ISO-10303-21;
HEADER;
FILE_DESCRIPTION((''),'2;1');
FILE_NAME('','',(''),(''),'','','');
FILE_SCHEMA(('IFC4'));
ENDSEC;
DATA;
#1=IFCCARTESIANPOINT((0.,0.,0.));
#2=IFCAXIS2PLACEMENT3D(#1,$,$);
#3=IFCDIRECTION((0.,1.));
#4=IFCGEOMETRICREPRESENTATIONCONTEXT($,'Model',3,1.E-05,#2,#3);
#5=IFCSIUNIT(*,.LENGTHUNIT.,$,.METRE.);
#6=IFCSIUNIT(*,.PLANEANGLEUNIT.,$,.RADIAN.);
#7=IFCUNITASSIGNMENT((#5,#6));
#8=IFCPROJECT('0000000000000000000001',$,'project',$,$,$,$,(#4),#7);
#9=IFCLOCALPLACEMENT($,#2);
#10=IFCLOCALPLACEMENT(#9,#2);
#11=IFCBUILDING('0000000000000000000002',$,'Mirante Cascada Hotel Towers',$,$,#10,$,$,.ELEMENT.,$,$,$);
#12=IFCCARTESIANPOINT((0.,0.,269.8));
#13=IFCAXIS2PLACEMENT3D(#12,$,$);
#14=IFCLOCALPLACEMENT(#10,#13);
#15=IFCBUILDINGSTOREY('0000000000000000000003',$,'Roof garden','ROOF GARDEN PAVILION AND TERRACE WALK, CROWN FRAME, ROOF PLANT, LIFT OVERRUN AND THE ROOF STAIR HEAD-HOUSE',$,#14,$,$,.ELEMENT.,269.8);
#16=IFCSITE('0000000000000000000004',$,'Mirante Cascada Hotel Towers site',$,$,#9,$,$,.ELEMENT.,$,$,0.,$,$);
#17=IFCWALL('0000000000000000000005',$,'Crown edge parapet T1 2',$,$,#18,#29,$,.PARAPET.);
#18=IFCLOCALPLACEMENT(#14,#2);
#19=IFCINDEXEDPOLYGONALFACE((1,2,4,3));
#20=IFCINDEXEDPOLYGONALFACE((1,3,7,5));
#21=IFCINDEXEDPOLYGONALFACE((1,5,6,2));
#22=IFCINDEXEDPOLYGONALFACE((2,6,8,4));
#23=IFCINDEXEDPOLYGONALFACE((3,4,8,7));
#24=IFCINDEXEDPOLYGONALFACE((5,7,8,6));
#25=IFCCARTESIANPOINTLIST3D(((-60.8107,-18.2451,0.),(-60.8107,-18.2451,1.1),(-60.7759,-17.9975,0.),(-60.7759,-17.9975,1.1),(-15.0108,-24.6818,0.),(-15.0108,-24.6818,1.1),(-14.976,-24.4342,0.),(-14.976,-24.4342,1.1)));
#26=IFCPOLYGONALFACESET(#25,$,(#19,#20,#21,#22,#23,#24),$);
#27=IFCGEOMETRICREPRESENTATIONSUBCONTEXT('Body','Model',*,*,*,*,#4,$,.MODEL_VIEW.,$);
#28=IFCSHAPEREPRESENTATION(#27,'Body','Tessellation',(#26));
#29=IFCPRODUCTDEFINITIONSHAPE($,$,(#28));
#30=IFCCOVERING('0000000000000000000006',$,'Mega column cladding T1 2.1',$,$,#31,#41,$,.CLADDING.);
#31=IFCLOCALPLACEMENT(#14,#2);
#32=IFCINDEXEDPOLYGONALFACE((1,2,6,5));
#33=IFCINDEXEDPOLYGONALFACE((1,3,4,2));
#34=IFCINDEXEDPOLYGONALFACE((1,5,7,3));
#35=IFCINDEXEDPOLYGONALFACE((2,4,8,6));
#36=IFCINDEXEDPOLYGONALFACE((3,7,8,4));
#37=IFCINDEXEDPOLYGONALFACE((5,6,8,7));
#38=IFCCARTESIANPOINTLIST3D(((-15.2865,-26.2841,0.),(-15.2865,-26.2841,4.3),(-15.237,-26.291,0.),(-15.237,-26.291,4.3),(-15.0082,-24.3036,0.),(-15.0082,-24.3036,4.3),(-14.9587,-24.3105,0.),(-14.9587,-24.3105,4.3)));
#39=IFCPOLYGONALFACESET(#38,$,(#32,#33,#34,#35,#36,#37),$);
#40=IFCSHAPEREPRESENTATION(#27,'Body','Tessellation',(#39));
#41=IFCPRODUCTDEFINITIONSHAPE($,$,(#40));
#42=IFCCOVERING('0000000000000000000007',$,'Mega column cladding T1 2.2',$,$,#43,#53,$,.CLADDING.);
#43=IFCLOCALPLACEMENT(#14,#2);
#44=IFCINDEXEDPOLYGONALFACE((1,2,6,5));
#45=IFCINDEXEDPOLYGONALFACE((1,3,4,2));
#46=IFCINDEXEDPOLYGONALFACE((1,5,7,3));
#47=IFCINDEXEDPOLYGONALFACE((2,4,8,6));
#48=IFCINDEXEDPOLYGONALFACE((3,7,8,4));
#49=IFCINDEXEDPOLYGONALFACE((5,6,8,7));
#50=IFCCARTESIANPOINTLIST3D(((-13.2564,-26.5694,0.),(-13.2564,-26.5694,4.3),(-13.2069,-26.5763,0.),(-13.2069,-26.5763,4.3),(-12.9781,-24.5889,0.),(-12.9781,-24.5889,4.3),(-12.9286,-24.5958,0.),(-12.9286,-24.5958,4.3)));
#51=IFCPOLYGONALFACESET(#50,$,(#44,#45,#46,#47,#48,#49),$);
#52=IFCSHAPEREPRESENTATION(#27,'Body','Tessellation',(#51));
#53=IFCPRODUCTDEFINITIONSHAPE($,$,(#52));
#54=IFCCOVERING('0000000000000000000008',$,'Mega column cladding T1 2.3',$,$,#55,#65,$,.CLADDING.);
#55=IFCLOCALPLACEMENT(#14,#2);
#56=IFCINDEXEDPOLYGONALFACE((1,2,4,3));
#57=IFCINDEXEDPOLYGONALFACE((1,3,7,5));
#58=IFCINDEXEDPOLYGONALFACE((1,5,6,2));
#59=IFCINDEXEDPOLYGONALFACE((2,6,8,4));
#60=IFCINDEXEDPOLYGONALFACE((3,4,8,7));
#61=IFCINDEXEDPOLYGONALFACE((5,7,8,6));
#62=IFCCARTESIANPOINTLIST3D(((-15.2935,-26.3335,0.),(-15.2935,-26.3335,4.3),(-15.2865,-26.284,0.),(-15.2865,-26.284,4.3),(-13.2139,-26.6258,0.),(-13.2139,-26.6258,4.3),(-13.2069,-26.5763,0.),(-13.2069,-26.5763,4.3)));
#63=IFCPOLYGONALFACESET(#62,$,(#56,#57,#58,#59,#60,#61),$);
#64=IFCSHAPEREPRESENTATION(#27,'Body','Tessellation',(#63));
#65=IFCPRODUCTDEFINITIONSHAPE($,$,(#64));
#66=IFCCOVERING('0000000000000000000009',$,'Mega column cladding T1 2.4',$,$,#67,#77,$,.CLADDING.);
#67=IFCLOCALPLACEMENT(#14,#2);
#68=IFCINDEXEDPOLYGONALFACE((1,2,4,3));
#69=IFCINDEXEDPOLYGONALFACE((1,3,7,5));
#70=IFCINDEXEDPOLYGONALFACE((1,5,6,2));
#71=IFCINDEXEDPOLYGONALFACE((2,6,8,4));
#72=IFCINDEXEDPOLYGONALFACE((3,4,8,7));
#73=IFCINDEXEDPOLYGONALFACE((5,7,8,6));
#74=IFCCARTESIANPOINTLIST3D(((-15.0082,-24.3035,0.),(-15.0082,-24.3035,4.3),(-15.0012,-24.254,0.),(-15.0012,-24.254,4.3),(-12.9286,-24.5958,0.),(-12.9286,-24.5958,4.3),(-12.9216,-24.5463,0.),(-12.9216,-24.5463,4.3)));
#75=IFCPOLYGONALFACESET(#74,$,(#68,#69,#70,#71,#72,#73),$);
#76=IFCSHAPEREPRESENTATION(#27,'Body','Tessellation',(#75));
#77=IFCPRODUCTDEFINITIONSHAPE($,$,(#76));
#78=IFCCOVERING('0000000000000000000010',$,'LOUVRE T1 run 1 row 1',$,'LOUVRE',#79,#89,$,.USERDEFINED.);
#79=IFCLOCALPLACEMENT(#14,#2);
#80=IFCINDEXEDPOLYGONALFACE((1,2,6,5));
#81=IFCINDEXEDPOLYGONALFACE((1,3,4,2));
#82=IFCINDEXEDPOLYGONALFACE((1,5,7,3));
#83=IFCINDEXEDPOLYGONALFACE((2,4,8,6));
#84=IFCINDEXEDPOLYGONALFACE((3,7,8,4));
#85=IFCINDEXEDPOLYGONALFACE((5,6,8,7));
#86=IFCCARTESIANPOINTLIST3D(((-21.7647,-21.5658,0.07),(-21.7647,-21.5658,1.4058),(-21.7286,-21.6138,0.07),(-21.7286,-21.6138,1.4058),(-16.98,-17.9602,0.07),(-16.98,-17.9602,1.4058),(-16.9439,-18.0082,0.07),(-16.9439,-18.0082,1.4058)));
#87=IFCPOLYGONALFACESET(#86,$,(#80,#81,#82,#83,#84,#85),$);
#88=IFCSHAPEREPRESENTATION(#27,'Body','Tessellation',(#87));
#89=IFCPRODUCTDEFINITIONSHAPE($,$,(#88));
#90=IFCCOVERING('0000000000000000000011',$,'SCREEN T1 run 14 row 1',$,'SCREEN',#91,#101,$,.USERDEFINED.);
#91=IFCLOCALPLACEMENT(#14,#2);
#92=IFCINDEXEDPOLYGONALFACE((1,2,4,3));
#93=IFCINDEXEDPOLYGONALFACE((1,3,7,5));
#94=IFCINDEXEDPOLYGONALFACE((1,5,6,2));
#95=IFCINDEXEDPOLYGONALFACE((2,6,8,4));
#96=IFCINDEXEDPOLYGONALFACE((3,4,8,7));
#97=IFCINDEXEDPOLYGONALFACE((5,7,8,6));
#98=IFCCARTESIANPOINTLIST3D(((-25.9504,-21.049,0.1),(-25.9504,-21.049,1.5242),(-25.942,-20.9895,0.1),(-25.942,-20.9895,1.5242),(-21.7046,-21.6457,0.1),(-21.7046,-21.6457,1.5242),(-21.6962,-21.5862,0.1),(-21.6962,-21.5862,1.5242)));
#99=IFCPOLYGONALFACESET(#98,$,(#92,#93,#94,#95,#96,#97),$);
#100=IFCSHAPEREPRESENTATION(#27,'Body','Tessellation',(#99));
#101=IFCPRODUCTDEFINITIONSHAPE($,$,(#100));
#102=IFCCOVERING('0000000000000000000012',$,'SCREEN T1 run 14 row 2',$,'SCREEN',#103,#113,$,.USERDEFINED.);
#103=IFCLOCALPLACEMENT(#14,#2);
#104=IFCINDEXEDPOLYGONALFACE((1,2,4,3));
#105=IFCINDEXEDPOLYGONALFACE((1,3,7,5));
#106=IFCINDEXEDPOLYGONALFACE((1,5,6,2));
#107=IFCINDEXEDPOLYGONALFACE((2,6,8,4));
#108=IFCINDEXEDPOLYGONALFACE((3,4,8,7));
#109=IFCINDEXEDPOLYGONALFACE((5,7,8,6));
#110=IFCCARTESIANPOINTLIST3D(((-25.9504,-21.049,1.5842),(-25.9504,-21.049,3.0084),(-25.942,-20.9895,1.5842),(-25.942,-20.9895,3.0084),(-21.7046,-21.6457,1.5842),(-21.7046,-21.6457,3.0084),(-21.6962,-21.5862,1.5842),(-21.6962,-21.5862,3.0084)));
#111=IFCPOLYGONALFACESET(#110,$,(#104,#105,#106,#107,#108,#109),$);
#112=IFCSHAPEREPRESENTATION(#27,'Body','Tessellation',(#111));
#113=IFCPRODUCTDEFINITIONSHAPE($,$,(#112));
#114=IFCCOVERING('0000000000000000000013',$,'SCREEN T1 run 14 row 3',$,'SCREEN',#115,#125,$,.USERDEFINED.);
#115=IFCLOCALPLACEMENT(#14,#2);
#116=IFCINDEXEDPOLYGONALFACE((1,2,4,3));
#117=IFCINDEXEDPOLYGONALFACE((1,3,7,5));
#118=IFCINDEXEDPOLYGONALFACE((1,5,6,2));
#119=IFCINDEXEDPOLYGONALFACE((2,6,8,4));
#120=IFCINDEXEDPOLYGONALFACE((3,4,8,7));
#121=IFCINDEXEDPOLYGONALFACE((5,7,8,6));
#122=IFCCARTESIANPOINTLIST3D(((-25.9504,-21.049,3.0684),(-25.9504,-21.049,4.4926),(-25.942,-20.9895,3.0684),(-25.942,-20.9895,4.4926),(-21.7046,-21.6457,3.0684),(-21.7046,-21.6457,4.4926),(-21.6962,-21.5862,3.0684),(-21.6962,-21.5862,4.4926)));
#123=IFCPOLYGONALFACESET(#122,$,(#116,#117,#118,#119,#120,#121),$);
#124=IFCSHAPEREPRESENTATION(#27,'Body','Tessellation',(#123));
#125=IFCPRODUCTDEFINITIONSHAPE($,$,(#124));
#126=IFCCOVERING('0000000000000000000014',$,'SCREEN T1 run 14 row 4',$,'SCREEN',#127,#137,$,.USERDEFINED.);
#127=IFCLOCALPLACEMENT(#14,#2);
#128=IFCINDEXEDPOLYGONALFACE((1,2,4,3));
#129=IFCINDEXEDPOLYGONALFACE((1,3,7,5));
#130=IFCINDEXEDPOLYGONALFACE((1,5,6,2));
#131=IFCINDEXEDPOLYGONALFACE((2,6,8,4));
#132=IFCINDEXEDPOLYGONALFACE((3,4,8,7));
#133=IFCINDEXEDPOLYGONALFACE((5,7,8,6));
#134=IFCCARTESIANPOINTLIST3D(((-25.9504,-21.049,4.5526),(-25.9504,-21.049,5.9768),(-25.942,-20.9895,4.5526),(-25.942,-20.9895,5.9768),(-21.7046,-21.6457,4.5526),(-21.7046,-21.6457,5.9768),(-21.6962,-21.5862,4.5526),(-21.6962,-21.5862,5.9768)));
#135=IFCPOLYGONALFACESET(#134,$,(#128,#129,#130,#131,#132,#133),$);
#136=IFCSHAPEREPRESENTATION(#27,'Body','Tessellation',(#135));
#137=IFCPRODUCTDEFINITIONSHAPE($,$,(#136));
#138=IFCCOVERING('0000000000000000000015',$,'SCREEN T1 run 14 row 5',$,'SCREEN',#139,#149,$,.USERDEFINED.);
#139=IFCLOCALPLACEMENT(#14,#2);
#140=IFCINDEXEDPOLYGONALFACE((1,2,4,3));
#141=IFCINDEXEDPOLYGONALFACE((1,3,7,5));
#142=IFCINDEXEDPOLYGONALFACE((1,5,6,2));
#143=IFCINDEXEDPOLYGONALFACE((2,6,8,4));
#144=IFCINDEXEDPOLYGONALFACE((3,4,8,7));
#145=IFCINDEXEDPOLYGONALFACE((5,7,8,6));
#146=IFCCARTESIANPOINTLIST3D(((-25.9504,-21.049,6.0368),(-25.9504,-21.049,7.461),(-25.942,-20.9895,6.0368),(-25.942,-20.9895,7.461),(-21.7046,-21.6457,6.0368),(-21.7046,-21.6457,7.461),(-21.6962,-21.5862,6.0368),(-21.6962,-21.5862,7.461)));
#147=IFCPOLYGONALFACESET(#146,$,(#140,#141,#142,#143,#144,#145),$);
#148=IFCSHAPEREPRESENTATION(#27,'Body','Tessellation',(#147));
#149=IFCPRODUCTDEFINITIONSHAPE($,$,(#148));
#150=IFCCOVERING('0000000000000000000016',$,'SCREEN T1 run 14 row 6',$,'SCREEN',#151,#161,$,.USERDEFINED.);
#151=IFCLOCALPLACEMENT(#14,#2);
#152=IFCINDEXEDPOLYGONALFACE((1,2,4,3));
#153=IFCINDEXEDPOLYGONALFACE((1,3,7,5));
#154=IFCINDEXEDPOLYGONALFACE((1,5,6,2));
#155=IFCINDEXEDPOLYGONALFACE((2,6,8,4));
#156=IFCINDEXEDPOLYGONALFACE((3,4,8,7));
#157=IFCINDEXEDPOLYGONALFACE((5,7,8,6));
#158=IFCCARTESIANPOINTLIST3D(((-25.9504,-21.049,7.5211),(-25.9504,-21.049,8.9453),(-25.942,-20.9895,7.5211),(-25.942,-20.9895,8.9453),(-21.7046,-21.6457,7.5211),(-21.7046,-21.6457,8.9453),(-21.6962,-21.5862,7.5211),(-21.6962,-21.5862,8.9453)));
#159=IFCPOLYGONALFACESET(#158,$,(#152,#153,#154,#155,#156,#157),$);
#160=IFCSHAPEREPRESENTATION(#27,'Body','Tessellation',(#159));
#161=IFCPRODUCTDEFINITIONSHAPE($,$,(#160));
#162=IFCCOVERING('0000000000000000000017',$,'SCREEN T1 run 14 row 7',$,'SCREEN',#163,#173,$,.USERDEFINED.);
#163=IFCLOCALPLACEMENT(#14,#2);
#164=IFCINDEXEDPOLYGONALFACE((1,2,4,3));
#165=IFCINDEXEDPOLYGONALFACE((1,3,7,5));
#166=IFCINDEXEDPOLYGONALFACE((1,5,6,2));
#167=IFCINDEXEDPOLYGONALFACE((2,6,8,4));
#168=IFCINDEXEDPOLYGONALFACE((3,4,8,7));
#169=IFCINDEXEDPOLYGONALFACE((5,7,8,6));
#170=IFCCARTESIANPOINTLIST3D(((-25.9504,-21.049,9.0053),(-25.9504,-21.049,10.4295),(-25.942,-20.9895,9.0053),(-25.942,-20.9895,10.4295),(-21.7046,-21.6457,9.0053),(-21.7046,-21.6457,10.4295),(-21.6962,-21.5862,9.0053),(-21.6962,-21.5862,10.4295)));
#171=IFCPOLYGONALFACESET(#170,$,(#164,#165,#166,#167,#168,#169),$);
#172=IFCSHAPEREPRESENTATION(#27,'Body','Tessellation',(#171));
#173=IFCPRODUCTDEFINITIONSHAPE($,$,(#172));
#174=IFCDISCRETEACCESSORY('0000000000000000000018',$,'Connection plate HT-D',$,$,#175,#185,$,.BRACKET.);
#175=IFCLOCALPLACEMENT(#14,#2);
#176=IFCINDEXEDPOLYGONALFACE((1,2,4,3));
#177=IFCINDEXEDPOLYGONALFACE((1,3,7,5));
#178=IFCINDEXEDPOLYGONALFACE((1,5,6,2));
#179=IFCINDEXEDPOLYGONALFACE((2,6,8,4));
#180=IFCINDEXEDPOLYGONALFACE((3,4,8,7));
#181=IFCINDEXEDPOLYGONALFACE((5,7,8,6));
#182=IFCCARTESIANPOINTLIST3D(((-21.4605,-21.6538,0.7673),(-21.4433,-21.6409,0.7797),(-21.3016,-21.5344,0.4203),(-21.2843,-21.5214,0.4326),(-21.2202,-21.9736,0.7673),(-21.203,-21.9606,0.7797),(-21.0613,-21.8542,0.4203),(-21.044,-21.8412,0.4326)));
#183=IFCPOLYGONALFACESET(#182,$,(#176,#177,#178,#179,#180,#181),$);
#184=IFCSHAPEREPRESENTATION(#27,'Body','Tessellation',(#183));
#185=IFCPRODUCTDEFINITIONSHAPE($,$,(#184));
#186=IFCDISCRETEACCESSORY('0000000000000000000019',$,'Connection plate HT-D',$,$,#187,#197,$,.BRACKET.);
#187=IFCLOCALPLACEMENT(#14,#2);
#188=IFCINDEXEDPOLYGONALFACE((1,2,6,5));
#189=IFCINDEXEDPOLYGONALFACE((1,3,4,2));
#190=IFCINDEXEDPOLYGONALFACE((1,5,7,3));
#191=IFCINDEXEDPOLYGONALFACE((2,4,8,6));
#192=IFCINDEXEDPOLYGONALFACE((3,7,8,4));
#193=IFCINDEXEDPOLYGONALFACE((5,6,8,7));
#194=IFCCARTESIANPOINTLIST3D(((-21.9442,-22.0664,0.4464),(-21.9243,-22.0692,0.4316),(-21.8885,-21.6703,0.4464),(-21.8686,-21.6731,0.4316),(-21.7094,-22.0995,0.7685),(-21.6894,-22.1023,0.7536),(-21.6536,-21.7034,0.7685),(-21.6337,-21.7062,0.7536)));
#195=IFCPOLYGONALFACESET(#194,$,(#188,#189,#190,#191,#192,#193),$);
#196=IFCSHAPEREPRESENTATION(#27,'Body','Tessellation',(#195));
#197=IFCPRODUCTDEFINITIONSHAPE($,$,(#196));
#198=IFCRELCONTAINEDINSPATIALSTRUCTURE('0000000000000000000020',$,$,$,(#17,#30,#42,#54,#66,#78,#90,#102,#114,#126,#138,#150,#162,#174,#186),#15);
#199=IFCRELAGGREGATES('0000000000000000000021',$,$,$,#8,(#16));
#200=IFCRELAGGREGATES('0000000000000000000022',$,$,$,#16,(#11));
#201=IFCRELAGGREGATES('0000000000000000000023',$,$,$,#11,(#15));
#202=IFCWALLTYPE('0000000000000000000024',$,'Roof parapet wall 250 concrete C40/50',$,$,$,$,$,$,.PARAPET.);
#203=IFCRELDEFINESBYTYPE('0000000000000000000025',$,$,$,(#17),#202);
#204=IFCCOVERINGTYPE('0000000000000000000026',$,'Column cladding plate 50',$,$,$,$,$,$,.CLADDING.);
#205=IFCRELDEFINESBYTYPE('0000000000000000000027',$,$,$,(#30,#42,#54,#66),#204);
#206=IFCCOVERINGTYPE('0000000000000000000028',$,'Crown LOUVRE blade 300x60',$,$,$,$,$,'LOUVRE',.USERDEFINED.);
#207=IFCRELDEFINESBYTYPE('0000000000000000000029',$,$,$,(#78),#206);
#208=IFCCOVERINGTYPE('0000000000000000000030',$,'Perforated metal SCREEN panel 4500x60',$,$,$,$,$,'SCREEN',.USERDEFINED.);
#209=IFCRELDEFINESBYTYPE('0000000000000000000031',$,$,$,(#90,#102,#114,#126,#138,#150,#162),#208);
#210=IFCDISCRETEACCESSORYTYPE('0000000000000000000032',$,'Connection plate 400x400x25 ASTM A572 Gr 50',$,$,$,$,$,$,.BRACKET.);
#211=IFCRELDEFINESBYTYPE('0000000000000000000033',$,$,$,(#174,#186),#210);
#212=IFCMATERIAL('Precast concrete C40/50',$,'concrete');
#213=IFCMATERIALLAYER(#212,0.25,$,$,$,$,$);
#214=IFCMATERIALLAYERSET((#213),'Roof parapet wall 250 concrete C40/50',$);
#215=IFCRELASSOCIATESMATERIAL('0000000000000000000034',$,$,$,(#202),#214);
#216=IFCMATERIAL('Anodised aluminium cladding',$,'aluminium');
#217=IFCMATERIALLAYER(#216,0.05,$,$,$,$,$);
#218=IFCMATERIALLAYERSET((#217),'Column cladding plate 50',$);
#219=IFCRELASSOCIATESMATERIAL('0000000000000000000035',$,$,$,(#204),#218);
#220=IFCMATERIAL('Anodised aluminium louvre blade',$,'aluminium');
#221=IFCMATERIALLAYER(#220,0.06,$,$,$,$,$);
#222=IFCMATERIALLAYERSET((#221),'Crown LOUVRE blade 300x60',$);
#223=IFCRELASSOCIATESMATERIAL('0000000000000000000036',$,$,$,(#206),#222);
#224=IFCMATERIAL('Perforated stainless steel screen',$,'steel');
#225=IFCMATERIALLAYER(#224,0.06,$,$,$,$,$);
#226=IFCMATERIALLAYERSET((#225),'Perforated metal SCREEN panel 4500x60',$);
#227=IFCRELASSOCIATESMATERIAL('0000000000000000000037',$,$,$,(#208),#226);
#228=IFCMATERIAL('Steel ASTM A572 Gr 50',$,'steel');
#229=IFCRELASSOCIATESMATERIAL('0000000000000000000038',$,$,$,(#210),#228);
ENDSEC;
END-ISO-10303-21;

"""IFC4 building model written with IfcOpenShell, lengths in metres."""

from ifc_helpers import new_model, si_unit, direction, frame, frame_2d, origin, origin_2d, place, context, subcontext, project, spatial, rectangle, extrude, material, layer, layer_set, material_profile, profile_set, type_object, element, save


model = new_model("IFC4")

# Units and contexts
model_context = context("Model", 3, precision=1e-05, world=origin(), true_north=direction((0.0, 1.0)))
body_context = subcontext(model_context, "Body", "Model", "MODEL_VIEW")
ifc_project = project(units=[si_unit("LENGTHUNIT", "METRE"), si_unit("PLANEANGLEUNIT", "RADIAN")], contexts=[model_context])

# Site, building, storey
site_placement = place(None, origin())
site = spatial("IfcSite", under=ifc_project, at=site_placement, Name="Mirante Cascada Hotel Towers site", CompositionType="ELEMENT", RefElevation=0.0)
building_placement = place(site_placement, origin())
building = spatial("IfcBuilding", under=site, at=building_placement, Name="Mirante Cascada Hotel Towers", CompositionType="ELEMENT")
storey_placement = place(building_placement, frame((0.0, 0.0, 269.8)))
storey = spatial("IfcBuildingStorey", under=building, at=storey_placement, Name="Roof garden", Description="ROOF GARDEN PAVILION AND TERRACE WALK, CROWN FRAME, ROOF PLANT, LIFT OVERRUN AND THE ROOF STAIR HEAD-HOUSE", CompositionType="ELEMENT", Elevation=269.8)

# Wall
ifc_material_1 = material(Name="Precast concrete C40/50", Category="concrete")
ifc_layer_1 = layer(ifc_material_1, 0.25)
ifc_layer_set_1 = layer_set([ifc_layer_1], Name="Roof parapet wall 250 concrete C40/50")
wall_type = type_object("IfcWallType", Name="Roof parapet wall 250 concrete C40/50", PredefinedType="PARAPET", material=ifc_layer_set_1)
wall_1_placement = place(storey_placement, frame((-14.9934, -24.558, 0.0), z_axis=(0.0, 0.0, 1.0), x_axis=(-0.990268, 0.139172, 0.0)))
element("IfcWall", 1, at=wall_1_placement, inside=storey, type_object=wall_type, Name="Crown edge parapet T1 2", PredefinedType="PARAPET", context=body_context, shape_type="SweptSolid", body=[
    extrude(rectangle(XDim=46.25, YDim=0.25, at=frame_2d((23.125, 0.0))), origin(), (0.0, 0.0, 1.0), 1.1),
])

# Coverings
ifc_material_2 = material(Name="Anodised aluminium cladding", Category="aluminium")
ifc_layer_2 = layer(ifc_material_2, 0.05)
ifc_layer_set_2 = layer_set([ifc_layer_2], Name="Column cladding plate 50")
covering_type_1 = type_object("IfcCoveringType", Name="Column cladding plate 50", PredefinedType="CLADDING", material=ifc_layer_set_2)
for number, where, z_axis, x_axis, name in (
    (2, (-15.1226, -25.2973, 0.0), (0.0, 0.0, 1.0), (-0.990268, 0.139173, 0.0), "Mega column cladding T1 2.1"),
    (3, (-13.0925, -25.5826, 0.0), (0.0, 0.0, 1.0), (-0.990268, 0.139173, 0.0), "Mega column cladding T1 2.2"),
):
    element("IfcCovering", number, at=place(storey_placement, frame(where, z_axis=z_axis, x_axis=x_axis)), inside=storey, type_object=covering_type_1, Name=name, PredefinedType="CLADDING", context=body_context, shape_type="SweptSolid", body=[
        extrude(rectangle(XDim=0.05, YDim=2.0, at=origin_2d()), origin(), (0.0, 0.0, 1.0), 4.3),
    ])
for number, where, z_axis, x_axis, name in (
    (4, (-14.2502, -26.4549, 0.0), (0.0, 0.0, 1.0), (-0.990268, 0.139173, 0.0), "Mega column cladding T1 2.3"),
    (5, (-13.9649, -24.4249, 0.0), (0.0, 0.0, 1.0), (-0.990268, 0.139173, 0.0), "Mega column cladding T1 2.4"),
):
    element("IfcCovering", number, at=place(storey_placement, frame(where, z_axis=z_axis, x_axis=x_axis)), inside=storey, type_object=covering_type_1, Name=name, PredefinedType="CLADDING", context=body_context, shape_type="SweptSolid", body=[
        extrude(rectangle(XDim=2.1, YDim=0.05, at=origin_2d()), origin(), (0.0, 0.0, 1.0), 4.3),
    ])
ifc_material_3 = material(Name="Anodised aluminium louvre blade", Category="aluminium")
ifc_layer_3 = layer(ifc_material_3, 0.06)
ifc_layer_set_3 = layer_set([ifc_layer_3], Name="Crown LOUVRE blade 300x60")
covering_type_2 = type_object("IfcCoveringType", Name="Crown LOUVRE blade 300x60", ElementType="LOUVRE", PredefinedType="USERDEFINED", material=ifc_layer_set_3)
covering_placement = place(storey_placement, frame((-19.3543, -19.787, 0.07), z_axis=(0.0, 0.0, 1.0), x_axis=(0.798636, 0.601815, 0.0)))
element("IfcCovering", 6, at=covering_placement, inside=storey, type_object=covering_type_2, Name="LOUVRE T1 run 1 row 1", ObjectType="LOUVRE", PredefinedType="USERDEFINED", context=body_context, shape_type="SweptSolid", body=[
    extrude(rectangle(XDim=5.9912, YDim=0.06, at=origin_2d()), origin(), (0.0, 0.0, 1.0), 1.3358),
])
ifc_material_4 = material(Name="Perforated stainless steel screen", Category="steel")
ifc_layer_4 = layer(ifc_material_4, 0.06)
ifc_layer_set_4 = layer_set([ifc_layer_4], Name="Perforated metal SCREEN panel 4500x60")
covering_type_3 = type_object("IfcCoveringType", Name="Perforated metal SCREEN panel 4500x60", ElementType="SCREEN", PredefinedType="USERDEFINED", material=ifc_layer_set_4)
for number, where, z_axis, x_axis, name in (
    (7, (-23.8233, -21.3176, 0.1), (0.0, 0.0, 1.0), (0.990268, -0.139173, 0.0), "SCREEN T1 run 14 row 1"),
    (8, (-23.8233, -21.3176, 1.5842), (0.0, 0.0, 1.0), (0.990268, -0.139173, 0.0), "SCREEN T1 run 14 row 2"),
    (9, (-23.8233, -21.3176, 3.0684), (0.0, 0.0, 1.0), (0.990268, -0.139173, 0.0), "SCREEN T1 run 14 row 3"),
    (10, (-23.8233, -21.3176, 4.5526), (0.0, 0.0, 1.0), (0.990268, -0.139173, 0.0), "SCREEN T1 run 14 row 4"),
    (11, (-23.8233, -21.3176, 6.0368), (0.0, 0.0, 1.0), (0.990268, -0.139173, 0.0), "SCREEN T1 run 14 row 5"),
    (12, (-23.8233, -21.3176, 7.5211), (0.0, 0.0, 1.0), (0.990268, -0.139173, 0.0), "SCREEN T1 run 14 row 6"),
    (13, (-23.8233, -21.3176, 9.0053), (0.0, 0.0, 1.0), (0.990268, -0.139173, 0.0), "SCREEN T1 run 14 row 7"),
):
    element("IfcCovering", number, at=place(storey_placement, frame(where, z_axis=z_axis, x_axis=x_axis)), inside=storey, type_object=covering_type_3, Name=name, ObjectType="SCREEN", PredefinedType="USERDEFINED", context=body_context, shape_type="SweptSolid", body=[
        extrude(rectangle(XDim=4.2875, YDim=0.06, at=origin_2d()), origin(), (0.0, 0.0, 1.0), 1.4242),
    ])

# Discrete accessories
ifc_material_5 = material(Name="Steel ASTM A572 Gr 50", Category="steel")
ifc_material_profile_1 = material_profile(ifc_material_5, rectangle(XDim=0.4, YDim=0.4, at=origin_2d()), Name="Connection plate 400x400x25 ASTM A572 Gr 50")
ifc_profile_set_1 = profile_set([ifc_material_profile_1], Name="Steel ASTM A572 Gr 50")
discrete_accessory_type_1 = type_object("IfcDiscreteAccessoryType", Name="Connection plate 400x400x25 ASTM A572 Gr 50", PredefinedType="BRACKET", material=ifc_profile_set_1)
discrete_accessory_1_placement = place(storey_placement, frame((-21.2609, -21.754, 0.5938), z_axis=(0.693639, 0.521232, 0.497175), x_axis=(-0.600739, 0.799445, 0.0)))
element("IfcDiscreteAccessory", 14, at=discrete_accessory_1_placement, inside=storey, type_object=discrete_accessory_type_1, Name="Connection plate HT-D", PredefinedType="BRACKET", context=body_context, shape_type="SweptSolid", body=[
    extrude(rectangle(XDim=0.4, YDim=0.4, at=origin_2d()), origin(), (0.0, 0.0, 1.0), 0.0249),
])
discrete_accessory_2_placement = place(storey_placement, frame((-21.779, -21.8877, 0.5926), z_axis=(-0.797347, 0.112189, 0.593002), x_axis=(-0.139331, -0.990246, 0.0)))
element("IfcDiscreteAccessory", 15, at=discrete_accessory_2_placement, inside=storey, type_object=discrete_accessory_type_1, Name="Connection plate HT-D", PredefinedType="BRACKET", context=body_context, shape_type="SweptSolid", body=[
    extrude(rectangle(XDim=0.4, YDim=0.4, at=origin_2d()), origin(), (0.0, 0.0, 1.0), 0.025),
])

save(model, "model.ifc")
